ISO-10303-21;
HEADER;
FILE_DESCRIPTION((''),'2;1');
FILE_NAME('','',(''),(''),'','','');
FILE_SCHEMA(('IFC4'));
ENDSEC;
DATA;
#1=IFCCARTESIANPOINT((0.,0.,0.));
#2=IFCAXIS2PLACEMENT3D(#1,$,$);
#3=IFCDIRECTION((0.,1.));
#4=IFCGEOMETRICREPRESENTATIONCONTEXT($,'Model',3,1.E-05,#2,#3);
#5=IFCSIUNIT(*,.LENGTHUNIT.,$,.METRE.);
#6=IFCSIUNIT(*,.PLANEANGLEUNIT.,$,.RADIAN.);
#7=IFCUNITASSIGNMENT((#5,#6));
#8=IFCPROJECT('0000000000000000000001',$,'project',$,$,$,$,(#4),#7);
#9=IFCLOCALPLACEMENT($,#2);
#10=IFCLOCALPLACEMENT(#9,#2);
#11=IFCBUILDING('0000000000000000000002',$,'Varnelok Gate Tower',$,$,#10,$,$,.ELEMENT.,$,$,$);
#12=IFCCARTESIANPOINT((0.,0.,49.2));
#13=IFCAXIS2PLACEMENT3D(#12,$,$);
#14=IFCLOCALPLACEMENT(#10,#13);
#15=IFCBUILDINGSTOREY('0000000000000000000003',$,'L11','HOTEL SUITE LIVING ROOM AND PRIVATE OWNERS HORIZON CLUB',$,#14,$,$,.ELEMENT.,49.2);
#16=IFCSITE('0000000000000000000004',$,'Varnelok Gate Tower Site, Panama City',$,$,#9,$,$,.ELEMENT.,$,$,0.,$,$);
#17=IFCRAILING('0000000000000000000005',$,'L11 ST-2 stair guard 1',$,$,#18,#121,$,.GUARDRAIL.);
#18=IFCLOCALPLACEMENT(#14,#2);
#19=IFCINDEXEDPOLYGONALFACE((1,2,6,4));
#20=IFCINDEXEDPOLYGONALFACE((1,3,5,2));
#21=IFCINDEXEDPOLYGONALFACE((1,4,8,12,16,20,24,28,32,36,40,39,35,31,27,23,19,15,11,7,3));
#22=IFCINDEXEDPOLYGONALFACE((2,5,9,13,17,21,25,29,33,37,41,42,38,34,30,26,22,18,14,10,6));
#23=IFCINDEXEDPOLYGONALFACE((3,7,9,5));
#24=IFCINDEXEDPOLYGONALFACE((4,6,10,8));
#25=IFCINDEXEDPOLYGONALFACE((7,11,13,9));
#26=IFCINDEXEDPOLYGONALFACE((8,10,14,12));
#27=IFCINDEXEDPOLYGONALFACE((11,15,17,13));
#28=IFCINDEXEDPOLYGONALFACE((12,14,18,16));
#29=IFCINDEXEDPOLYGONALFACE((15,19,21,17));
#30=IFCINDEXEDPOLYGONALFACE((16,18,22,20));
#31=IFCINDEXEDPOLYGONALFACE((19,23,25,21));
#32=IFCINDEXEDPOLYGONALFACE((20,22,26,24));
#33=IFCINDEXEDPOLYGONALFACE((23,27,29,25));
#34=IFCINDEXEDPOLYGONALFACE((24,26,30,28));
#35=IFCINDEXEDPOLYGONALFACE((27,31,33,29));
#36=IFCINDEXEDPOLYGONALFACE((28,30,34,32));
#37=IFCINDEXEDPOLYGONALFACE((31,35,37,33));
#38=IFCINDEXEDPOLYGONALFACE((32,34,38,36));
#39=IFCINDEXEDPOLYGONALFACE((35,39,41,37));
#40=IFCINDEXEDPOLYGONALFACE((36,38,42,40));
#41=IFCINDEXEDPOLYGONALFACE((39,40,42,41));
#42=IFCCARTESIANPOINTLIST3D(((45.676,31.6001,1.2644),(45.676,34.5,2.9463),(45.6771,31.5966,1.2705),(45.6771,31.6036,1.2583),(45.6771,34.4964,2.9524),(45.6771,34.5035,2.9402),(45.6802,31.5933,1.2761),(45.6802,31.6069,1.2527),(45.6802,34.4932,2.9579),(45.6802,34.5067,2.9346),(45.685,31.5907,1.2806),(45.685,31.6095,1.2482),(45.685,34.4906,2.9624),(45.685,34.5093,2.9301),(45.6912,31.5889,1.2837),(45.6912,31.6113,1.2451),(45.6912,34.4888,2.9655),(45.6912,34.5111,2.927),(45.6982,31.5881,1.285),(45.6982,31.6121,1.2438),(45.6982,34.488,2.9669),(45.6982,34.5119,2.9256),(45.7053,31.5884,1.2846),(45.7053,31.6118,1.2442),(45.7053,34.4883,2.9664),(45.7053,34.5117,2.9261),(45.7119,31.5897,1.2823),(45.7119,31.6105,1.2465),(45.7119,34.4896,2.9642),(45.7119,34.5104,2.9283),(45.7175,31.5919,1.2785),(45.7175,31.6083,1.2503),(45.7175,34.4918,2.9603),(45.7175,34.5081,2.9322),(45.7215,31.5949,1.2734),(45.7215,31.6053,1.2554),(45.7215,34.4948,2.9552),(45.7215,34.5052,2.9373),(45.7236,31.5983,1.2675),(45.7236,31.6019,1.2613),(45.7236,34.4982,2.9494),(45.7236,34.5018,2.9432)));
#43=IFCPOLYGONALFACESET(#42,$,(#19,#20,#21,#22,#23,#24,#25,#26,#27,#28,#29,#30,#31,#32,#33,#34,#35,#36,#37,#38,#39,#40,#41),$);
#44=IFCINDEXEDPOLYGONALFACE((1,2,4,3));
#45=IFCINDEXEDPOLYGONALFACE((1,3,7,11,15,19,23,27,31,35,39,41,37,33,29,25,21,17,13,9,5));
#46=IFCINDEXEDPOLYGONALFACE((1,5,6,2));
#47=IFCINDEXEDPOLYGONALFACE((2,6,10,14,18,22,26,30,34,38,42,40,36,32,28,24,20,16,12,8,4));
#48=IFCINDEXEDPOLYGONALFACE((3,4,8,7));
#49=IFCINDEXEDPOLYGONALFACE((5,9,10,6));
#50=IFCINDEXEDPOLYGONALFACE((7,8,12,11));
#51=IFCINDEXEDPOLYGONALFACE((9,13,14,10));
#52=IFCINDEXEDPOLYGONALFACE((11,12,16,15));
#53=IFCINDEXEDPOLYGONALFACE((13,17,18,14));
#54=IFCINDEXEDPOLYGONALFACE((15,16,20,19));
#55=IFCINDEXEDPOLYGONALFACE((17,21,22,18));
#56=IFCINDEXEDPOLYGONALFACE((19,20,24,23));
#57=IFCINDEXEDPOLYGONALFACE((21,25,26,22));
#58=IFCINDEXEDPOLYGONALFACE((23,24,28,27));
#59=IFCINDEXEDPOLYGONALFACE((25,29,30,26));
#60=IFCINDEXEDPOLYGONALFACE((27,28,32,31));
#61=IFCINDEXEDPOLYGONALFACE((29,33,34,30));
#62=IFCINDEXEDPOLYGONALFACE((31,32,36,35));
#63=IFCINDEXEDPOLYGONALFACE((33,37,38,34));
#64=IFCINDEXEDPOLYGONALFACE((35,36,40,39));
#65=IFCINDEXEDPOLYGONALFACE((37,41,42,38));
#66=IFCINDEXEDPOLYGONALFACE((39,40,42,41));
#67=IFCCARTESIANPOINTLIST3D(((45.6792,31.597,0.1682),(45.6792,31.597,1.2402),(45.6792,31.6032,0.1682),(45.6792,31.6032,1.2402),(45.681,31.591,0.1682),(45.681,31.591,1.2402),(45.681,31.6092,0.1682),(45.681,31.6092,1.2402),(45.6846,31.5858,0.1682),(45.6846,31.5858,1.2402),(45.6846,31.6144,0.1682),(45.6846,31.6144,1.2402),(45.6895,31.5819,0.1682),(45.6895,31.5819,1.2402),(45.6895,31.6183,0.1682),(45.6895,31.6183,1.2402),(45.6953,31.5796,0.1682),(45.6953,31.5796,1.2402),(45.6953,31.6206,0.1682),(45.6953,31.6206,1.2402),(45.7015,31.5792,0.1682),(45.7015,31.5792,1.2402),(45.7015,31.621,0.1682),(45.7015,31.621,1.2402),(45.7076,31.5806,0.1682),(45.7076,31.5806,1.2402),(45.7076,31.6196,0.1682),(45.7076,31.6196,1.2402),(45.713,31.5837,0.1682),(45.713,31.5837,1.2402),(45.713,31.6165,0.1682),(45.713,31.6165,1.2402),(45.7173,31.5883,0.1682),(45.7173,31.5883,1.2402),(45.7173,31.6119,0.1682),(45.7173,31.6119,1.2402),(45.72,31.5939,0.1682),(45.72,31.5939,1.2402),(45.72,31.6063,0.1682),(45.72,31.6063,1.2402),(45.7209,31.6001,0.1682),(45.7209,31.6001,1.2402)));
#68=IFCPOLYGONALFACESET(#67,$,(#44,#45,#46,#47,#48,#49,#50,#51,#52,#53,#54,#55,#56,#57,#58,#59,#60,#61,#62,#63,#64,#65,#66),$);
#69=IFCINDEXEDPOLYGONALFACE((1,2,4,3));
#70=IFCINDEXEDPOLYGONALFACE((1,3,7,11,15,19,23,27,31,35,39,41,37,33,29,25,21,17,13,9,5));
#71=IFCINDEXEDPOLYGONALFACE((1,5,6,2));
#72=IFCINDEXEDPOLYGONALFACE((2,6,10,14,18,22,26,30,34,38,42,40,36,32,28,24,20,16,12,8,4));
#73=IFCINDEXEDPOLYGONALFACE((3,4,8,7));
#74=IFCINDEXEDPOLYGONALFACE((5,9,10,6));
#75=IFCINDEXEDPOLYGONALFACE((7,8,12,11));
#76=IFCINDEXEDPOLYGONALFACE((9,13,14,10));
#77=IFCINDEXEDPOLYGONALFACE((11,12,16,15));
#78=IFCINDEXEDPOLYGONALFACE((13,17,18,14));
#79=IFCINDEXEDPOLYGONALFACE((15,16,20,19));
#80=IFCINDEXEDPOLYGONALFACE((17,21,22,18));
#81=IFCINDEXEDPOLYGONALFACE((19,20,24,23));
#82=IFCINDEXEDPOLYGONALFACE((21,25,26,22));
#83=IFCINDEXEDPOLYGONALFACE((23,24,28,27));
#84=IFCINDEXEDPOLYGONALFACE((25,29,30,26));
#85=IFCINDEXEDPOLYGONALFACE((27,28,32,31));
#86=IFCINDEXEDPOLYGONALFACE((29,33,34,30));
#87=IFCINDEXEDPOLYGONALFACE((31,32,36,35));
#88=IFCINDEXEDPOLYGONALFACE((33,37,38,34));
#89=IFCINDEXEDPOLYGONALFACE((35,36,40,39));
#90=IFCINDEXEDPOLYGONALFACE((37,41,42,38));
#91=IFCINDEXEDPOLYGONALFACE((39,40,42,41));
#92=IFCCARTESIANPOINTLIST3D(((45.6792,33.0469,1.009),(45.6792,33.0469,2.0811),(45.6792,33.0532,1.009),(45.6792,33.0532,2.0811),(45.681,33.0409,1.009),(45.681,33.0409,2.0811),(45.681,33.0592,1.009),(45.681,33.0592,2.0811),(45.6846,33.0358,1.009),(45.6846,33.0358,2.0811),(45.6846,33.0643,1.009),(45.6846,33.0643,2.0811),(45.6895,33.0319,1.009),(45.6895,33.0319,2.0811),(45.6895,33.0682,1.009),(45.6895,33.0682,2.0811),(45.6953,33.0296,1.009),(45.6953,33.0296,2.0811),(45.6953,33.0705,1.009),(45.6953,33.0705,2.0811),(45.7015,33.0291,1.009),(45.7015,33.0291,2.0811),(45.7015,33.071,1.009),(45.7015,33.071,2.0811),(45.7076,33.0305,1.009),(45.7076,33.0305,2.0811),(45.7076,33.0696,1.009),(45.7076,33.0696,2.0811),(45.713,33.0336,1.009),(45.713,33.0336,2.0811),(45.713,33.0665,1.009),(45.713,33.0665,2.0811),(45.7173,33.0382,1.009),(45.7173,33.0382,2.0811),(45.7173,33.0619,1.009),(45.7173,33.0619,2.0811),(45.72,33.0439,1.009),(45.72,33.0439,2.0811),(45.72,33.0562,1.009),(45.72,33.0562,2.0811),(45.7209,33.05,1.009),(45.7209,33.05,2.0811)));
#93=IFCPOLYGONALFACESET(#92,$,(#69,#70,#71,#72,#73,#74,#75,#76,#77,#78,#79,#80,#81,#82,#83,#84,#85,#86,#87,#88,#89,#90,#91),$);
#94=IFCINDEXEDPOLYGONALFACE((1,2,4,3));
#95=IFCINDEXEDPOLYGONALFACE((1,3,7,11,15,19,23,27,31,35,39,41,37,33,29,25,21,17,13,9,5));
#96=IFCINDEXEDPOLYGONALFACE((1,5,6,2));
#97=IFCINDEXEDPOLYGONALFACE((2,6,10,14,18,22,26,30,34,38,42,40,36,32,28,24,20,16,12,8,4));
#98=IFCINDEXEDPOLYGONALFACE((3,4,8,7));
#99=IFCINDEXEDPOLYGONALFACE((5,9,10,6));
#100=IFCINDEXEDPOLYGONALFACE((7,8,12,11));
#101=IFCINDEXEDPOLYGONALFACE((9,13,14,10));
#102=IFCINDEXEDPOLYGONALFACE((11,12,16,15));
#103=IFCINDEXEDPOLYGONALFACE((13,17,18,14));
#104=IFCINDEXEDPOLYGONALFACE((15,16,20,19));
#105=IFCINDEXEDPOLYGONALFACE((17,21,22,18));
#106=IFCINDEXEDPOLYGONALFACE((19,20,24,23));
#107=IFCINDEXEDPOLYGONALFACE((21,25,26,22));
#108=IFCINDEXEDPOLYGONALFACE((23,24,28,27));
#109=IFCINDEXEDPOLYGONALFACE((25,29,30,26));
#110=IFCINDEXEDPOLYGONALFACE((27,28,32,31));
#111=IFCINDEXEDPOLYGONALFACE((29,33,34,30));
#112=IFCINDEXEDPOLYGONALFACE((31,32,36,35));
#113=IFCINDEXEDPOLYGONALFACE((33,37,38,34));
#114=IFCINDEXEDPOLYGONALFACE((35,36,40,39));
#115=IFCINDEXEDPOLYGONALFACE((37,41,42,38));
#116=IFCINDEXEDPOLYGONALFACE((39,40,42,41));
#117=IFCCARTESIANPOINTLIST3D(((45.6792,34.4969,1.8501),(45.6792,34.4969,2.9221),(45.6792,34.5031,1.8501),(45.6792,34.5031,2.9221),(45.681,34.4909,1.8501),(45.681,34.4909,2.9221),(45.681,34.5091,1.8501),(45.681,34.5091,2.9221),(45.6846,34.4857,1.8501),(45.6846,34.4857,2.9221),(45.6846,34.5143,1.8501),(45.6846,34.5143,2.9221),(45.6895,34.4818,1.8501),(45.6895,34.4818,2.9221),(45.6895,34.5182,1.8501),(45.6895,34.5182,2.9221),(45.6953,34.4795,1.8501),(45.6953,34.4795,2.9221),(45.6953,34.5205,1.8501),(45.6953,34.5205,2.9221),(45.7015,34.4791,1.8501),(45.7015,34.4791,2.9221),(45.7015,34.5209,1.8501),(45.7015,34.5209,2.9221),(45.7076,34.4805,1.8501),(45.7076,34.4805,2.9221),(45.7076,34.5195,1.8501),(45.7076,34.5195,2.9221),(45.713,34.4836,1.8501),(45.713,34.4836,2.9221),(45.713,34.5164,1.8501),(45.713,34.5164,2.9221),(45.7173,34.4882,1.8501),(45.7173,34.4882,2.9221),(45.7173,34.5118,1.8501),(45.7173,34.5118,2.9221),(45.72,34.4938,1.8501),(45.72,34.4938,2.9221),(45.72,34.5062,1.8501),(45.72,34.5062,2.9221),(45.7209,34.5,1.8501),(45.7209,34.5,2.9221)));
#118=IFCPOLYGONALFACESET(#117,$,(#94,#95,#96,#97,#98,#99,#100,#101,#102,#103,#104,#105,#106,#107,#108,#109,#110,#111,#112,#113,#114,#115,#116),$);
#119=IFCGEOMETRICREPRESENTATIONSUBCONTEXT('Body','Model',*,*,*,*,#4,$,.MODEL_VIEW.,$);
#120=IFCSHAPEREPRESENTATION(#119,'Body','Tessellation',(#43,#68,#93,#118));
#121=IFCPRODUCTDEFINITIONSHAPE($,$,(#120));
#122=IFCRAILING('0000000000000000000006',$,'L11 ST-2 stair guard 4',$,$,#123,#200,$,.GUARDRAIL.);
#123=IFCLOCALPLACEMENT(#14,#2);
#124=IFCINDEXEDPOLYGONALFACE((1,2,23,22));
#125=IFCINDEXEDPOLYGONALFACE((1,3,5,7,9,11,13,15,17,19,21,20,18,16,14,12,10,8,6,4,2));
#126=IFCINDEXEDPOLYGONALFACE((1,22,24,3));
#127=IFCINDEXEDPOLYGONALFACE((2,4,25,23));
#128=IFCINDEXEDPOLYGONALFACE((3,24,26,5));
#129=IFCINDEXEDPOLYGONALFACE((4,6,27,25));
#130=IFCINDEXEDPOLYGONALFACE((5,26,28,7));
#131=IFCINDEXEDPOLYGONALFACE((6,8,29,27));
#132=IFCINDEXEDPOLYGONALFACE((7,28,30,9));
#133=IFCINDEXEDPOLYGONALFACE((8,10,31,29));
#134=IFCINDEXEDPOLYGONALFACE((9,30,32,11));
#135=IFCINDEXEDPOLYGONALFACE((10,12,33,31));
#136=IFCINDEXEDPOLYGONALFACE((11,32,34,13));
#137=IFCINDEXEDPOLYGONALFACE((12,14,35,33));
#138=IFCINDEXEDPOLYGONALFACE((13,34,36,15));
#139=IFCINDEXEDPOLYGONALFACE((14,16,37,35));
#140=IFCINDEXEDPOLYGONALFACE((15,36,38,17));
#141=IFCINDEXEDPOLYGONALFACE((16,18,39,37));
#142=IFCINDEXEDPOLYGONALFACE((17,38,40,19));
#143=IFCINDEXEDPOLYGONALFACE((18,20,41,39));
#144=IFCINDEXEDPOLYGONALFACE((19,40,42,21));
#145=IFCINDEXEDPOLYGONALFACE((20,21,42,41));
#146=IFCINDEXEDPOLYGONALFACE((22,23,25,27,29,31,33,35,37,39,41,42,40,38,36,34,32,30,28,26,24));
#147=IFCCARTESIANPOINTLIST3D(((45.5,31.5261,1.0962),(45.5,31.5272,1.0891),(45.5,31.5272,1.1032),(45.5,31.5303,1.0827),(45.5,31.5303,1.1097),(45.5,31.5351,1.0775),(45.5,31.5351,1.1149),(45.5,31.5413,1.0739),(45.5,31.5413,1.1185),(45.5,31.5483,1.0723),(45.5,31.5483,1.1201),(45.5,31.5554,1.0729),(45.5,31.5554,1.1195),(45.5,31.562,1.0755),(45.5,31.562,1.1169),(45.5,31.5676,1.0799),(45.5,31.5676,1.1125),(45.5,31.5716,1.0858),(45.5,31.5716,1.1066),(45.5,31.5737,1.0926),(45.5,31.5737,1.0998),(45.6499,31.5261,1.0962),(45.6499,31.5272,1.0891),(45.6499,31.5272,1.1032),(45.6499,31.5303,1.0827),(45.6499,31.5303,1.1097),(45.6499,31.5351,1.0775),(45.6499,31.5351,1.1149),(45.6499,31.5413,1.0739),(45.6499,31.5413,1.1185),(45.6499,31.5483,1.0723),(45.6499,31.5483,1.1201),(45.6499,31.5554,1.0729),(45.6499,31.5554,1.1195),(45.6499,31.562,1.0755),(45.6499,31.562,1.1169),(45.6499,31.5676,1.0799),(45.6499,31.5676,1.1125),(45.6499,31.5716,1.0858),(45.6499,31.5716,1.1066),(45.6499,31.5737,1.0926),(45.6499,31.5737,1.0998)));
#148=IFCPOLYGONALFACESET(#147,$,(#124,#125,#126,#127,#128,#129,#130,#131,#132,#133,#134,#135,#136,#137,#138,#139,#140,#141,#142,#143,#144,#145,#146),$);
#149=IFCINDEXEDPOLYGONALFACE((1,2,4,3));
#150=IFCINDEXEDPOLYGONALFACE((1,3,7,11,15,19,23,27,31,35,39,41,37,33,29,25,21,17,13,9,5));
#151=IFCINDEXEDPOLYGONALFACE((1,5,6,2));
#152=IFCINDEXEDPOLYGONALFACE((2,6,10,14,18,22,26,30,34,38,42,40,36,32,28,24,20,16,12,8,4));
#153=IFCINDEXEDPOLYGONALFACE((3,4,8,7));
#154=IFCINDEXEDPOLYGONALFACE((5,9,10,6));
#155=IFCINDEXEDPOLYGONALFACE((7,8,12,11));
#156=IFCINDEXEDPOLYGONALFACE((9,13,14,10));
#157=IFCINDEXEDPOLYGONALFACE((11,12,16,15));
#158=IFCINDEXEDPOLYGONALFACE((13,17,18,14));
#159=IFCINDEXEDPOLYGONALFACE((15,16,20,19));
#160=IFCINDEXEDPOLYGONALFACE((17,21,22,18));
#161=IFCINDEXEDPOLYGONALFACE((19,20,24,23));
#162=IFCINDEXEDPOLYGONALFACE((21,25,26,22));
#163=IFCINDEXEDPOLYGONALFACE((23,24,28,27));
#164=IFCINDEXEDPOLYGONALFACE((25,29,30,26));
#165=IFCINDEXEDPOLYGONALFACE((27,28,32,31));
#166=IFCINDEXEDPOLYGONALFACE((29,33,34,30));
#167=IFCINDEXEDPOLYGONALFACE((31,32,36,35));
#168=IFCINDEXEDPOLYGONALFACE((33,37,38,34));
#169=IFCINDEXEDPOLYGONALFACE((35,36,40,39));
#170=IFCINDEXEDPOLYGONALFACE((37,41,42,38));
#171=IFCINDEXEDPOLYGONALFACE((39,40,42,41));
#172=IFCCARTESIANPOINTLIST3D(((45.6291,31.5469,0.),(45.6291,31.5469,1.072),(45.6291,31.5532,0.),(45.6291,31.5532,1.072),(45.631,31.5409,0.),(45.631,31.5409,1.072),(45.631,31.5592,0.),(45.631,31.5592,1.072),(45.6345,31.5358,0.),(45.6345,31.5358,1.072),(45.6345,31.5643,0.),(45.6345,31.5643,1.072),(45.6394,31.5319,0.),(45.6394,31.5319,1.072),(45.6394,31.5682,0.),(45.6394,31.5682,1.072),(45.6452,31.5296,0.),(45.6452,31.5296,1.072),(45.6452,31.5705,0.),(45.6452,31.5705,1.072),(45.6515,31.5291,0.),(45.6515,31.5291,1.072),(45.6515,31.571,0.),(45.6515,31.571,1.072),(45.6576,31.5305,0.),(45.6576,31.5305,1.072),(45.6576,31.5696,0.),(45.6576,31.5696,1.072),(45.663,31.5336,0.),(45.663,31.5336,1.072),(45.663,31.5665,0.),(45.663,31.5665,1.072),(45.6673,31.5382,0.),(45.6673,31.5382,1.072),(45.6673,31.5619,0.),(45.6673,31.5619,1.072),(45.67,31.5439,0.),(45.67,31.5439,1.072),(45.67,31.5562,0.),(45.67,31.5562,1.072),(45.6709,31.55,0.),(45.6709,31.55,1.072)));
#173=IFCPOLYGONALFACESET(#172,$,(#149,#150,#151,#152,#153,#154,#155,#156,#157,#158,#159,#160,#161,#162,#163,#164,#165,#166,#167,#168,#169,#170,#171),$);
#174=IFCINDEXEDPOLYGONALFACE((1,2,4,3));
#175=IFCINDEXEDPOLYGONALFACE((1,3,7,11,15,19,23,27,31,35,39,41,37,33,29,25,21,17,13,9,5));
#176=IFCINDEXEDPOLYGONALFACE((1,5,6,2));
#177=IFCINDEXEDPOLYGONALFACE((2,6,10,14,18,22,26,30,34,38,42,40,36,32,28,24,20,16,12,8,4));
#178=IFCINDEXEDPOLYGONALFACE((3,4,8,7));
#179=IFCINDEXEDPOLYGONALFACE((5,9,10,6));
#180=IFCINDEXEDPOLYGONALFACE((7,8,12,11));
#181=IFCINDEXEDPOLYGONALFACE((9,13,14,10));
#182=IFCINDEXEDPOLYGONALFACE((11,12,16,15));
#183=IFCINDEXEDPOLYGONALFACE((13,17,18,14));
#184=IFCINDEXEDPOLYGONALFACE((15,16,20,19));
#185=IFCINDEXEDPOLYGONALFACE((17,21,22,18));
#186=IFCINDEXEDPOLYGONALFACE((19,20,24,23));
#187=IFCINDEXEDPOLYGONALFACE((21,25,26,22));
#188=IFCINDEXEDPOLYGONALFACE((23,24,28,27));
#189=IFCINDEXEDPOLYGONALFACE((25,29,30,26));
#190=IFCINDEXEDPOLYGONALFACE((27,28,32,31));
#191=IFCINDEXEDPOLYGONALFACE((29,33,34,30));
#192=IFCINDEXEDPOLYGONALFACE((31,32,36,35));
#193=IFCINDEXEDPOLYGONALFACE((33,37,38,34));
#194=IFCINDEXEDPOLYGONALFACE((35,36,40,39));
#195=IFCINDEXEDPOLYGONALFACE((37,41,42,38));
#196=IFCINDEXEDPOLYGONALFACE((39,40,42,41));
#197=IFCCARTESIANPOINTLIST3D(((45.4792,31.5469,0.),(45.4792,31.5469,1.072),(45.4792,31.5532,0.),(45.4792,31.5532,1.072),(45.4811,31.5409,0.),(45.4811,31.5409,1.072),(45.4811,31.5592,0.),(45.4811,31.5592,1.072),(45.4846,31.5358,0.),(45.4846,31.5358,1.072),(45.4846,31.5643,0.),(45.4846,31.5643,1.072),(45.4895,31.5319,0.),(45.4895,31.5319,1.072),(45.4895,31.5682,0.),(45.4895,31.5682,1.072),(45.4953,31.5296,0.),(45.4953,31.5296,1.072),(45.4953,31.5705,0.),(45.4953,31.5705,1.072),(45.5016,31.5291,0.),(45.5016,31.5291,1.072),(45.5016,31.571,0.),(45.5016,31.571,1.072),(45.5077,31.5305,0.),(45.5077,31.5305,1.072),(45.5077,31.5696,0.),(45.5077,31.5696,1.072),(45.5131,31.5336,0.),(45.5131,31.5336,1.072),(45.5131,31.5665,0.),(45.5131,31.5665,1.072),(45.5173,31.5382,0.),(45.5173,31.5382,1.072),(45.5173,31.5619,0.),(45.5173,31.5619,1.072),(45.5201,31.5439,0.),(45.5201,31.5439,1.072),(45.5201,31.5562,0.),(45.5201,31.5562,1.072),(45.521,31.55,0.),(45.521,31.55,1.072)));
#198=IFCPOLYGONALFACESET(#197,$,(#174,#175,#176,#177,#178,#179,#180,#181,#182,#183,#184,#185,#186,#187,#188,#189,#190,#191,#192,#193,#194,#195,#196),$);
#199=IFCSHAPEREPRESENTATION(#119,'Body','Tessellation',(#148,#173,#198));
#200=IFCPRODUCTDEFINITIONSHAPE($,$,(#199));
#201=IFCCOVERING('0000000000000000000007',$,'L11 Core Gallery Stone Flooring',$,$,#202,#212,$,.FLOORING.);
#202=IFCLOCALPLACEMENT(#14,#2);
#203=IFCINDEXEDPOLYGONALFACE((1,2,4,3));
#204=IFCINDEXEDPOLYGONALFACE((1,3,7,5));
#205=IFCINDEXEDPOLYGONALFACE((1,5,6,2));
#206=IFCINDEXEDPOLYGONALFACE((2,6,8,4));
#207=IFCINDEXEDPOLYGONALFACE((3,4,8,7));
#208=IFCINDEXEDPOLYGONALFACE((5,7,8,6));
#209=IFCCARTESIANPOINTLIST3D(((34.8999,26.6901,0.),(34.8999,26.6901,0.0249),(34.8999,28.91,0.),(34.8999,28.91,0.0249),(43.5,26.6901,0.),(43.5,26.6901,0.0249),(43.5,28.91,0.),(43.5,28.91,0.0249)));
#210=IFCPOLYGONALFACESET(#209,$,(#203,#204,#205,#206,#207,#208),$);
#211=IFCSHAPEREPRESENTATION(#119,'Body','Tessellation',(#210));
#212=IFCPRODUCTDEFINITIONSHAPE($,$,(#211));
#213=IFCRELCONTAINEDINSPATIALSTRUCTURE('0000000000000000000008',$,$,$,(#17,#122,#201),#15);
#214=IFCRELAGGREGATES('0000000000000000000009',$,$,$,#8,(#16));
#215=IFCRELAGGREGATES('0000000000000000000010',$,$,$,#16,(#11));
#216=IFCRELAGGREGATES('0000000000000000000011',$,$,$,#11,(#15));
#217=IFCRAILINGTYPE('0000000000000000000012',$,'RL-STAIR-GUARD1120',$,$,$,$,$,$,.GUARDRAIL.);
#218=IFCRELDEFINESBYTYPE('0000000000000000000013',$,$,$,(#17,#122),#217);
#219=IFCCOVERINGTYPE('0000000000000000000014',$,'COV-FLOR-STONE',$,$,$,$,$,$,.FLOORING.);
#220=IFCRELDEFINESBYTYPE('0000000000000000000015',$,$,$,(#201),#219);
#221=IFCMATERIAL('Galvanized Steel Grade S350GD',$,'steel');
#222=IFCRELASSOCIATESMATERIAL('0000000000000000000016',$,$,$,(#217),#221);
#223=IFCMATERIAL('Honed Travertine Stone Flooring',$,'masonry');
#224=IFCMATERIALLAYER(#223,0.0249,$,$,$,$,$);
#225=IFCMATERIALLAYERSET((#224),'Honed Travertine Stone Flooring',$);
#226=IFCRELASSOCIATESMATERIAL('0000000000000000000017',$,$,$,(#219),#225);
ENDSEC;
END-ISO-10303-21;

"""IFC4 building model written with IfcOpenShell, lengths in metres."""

from ifc_helpers import new_model, si_unit, direction, frame, origin, origin_2d, place, context, subcontext, project, spatial, rectangle, circle, extrude, source, transform, mapped, material, layer, layer_set, type_object, element, save


model = new_model("IFC4")

# Units and contexts
model_context = context("Model", 3, precision=1e-05, world=origin(), true_north=direction((0.0, 1.0)))
body_context = subcontext(model_context, "Body", "Model", "MODEL_VIEW")
ifc_project = project(units=[si_unit("LENGTHUNIT", "METRE"), si_unit("PLANEANGLEUNIT", "RADIAN")], contexts=[model_context])

# Site, building, storey
site_placement = place(None, origin())
site = spatial("IfcSite", under=ifc_project, at=site_placement, Name="Varnelok Gate Tower Site, Panama City", CompositionType="ELEMENT", RefElevation=0.0)
building_placement = place(site_placement, origin())
building = spatial("IfcBuilding", under=site, at=building_placement, Name="Varnelok Gate Tower", CompositionType="ELEMENT")
storey_placement = place(building_placement, frame((0.0, 0.0, 49.2)))
storey = spatial("IfcBuildingStorey", under=building, at=storey_placement, Name="L11", Description="HOTEL SUITE LIVING ROOM AND PRIVATE OWNERS HORIZON CLUB", CompositionType="ELEMENT", Elevation=49.2)

# Shared definitions
ifc_material_1 = material(Name="Galvanized Steel Grade S350GD", Category="steel")

# Railings
railing_type_1 = type_object("IfcRailingType", Name="RL-STAIR-GUARD1120", PredefinedType="GUARDRAIL", material=ifc_material_1)
railing_1_placement = place(storey_placement, frame((45.7, 31.6001, 0.1682)))
element("IfcRailing", 1, at=railing_1_placement, inside=storey, type_object=railing_type_1, Name="L11 ST-2 stair guard 1", PredefinedType="GUARDRAIL", context=body_context, shape_type="SweptSolid", body=[
    extrude(circle(Radius=0.0239, at=origin_2d()), frame((0.0, 0.0, 1.0962), z_axis=(0.0, 0.865039, 0.501705), x_axis=(-1.0, 0.0, 0.0)), (0.0, 0.0, 1.0), 3.3523),
    extrude(circle(Radius=0.021, at=origin_2d()), origin(), (0.0, 0.0, 1.0), 1.072),
    extrude(circle(Radius=0.021, at=origin_2d()), frame((0.0, 1.45, 0.8408)), (0.0, 0.0, 1.0), 1.072),
    extrude(circle(Radius=0.021, at=origin_2d()), frame((0.0, 2.8999, 1.6819)), (0.0, 0.0, 1.0), 1.072),
])
railing_2_placement = place(storey_placement, frame((45.6499, 31.55, 0.0)))
element("IfcRailing", 2, at=railing_2_placement, inside=storey, type_object=railing_type_1, Name="L11 ST-2 stair guard 4", PredefinedType="GUARDRAIL", context=body_context, shape_type="SweptSolid", body=[
    extrude(circle(Radius=0.0239, at=origin_2d()), frame((0.0, 0.0, 1.0962), z_axis=(-1.0, 0.0, 0.0), x_axis=(0.0, -1.0, 0.0)), (0.0, 0.0, 1.0), 0.1499),
    extrude(circle(Radius=0.021, at=origin_2d()), origin(), (0.0, 0.0, 1.0), 1.072),
    extrude(circle(Radius=0.021, at=origin_2d()), frame((-0.1499, 0.0, 0.0)), (0.0, 0.0, 1.0), 1.072),
])

# Covering
ifc_material_2 = material(Name="Honed Travertine Stone Flooring", Category="masonry")
ifc_layer_1 = layer(ifc_material_2, 0.0249)
ifc_layer_set_1 = layer_set([ifc_layer_1], Name="Honed Travertine Stone Flooring")
covering_type_1 = type_object("IfcCoveringType", Name="COV-FLOR-STONE", PredefinedType="FLOORING", material=ifc_layer_set_1)
shared_shape_1 = source(origin(), body_context, "Body", "SweptSolid", [
    extrude(rectangle(XDim=8.6001, YDim=2.22, at=origin_2d()), origin(), (0.0, 0.0, 1.0), 0.0249),
])
covering_1_placement = place(storey_placement, frame((39.2, 27.8, 0.0), z_axis=(0.0, 0.0, 1.0), x_axis=(1.0, 0.0, 0.0)))
element("IfcCovering", 3, at=covering_1_placement, inside=storey, type_object=covering_type_1, Name="L11 Core Gallery Stone Flooring", PredefinedType="FLOORING", context=body_context, shape_type="MappedRepresentation", body=[
    mapped(shared_shape_1, transform((0.0, 0.0, 0.0), scale=1.0)),
])

save(model, "model.ifc")
